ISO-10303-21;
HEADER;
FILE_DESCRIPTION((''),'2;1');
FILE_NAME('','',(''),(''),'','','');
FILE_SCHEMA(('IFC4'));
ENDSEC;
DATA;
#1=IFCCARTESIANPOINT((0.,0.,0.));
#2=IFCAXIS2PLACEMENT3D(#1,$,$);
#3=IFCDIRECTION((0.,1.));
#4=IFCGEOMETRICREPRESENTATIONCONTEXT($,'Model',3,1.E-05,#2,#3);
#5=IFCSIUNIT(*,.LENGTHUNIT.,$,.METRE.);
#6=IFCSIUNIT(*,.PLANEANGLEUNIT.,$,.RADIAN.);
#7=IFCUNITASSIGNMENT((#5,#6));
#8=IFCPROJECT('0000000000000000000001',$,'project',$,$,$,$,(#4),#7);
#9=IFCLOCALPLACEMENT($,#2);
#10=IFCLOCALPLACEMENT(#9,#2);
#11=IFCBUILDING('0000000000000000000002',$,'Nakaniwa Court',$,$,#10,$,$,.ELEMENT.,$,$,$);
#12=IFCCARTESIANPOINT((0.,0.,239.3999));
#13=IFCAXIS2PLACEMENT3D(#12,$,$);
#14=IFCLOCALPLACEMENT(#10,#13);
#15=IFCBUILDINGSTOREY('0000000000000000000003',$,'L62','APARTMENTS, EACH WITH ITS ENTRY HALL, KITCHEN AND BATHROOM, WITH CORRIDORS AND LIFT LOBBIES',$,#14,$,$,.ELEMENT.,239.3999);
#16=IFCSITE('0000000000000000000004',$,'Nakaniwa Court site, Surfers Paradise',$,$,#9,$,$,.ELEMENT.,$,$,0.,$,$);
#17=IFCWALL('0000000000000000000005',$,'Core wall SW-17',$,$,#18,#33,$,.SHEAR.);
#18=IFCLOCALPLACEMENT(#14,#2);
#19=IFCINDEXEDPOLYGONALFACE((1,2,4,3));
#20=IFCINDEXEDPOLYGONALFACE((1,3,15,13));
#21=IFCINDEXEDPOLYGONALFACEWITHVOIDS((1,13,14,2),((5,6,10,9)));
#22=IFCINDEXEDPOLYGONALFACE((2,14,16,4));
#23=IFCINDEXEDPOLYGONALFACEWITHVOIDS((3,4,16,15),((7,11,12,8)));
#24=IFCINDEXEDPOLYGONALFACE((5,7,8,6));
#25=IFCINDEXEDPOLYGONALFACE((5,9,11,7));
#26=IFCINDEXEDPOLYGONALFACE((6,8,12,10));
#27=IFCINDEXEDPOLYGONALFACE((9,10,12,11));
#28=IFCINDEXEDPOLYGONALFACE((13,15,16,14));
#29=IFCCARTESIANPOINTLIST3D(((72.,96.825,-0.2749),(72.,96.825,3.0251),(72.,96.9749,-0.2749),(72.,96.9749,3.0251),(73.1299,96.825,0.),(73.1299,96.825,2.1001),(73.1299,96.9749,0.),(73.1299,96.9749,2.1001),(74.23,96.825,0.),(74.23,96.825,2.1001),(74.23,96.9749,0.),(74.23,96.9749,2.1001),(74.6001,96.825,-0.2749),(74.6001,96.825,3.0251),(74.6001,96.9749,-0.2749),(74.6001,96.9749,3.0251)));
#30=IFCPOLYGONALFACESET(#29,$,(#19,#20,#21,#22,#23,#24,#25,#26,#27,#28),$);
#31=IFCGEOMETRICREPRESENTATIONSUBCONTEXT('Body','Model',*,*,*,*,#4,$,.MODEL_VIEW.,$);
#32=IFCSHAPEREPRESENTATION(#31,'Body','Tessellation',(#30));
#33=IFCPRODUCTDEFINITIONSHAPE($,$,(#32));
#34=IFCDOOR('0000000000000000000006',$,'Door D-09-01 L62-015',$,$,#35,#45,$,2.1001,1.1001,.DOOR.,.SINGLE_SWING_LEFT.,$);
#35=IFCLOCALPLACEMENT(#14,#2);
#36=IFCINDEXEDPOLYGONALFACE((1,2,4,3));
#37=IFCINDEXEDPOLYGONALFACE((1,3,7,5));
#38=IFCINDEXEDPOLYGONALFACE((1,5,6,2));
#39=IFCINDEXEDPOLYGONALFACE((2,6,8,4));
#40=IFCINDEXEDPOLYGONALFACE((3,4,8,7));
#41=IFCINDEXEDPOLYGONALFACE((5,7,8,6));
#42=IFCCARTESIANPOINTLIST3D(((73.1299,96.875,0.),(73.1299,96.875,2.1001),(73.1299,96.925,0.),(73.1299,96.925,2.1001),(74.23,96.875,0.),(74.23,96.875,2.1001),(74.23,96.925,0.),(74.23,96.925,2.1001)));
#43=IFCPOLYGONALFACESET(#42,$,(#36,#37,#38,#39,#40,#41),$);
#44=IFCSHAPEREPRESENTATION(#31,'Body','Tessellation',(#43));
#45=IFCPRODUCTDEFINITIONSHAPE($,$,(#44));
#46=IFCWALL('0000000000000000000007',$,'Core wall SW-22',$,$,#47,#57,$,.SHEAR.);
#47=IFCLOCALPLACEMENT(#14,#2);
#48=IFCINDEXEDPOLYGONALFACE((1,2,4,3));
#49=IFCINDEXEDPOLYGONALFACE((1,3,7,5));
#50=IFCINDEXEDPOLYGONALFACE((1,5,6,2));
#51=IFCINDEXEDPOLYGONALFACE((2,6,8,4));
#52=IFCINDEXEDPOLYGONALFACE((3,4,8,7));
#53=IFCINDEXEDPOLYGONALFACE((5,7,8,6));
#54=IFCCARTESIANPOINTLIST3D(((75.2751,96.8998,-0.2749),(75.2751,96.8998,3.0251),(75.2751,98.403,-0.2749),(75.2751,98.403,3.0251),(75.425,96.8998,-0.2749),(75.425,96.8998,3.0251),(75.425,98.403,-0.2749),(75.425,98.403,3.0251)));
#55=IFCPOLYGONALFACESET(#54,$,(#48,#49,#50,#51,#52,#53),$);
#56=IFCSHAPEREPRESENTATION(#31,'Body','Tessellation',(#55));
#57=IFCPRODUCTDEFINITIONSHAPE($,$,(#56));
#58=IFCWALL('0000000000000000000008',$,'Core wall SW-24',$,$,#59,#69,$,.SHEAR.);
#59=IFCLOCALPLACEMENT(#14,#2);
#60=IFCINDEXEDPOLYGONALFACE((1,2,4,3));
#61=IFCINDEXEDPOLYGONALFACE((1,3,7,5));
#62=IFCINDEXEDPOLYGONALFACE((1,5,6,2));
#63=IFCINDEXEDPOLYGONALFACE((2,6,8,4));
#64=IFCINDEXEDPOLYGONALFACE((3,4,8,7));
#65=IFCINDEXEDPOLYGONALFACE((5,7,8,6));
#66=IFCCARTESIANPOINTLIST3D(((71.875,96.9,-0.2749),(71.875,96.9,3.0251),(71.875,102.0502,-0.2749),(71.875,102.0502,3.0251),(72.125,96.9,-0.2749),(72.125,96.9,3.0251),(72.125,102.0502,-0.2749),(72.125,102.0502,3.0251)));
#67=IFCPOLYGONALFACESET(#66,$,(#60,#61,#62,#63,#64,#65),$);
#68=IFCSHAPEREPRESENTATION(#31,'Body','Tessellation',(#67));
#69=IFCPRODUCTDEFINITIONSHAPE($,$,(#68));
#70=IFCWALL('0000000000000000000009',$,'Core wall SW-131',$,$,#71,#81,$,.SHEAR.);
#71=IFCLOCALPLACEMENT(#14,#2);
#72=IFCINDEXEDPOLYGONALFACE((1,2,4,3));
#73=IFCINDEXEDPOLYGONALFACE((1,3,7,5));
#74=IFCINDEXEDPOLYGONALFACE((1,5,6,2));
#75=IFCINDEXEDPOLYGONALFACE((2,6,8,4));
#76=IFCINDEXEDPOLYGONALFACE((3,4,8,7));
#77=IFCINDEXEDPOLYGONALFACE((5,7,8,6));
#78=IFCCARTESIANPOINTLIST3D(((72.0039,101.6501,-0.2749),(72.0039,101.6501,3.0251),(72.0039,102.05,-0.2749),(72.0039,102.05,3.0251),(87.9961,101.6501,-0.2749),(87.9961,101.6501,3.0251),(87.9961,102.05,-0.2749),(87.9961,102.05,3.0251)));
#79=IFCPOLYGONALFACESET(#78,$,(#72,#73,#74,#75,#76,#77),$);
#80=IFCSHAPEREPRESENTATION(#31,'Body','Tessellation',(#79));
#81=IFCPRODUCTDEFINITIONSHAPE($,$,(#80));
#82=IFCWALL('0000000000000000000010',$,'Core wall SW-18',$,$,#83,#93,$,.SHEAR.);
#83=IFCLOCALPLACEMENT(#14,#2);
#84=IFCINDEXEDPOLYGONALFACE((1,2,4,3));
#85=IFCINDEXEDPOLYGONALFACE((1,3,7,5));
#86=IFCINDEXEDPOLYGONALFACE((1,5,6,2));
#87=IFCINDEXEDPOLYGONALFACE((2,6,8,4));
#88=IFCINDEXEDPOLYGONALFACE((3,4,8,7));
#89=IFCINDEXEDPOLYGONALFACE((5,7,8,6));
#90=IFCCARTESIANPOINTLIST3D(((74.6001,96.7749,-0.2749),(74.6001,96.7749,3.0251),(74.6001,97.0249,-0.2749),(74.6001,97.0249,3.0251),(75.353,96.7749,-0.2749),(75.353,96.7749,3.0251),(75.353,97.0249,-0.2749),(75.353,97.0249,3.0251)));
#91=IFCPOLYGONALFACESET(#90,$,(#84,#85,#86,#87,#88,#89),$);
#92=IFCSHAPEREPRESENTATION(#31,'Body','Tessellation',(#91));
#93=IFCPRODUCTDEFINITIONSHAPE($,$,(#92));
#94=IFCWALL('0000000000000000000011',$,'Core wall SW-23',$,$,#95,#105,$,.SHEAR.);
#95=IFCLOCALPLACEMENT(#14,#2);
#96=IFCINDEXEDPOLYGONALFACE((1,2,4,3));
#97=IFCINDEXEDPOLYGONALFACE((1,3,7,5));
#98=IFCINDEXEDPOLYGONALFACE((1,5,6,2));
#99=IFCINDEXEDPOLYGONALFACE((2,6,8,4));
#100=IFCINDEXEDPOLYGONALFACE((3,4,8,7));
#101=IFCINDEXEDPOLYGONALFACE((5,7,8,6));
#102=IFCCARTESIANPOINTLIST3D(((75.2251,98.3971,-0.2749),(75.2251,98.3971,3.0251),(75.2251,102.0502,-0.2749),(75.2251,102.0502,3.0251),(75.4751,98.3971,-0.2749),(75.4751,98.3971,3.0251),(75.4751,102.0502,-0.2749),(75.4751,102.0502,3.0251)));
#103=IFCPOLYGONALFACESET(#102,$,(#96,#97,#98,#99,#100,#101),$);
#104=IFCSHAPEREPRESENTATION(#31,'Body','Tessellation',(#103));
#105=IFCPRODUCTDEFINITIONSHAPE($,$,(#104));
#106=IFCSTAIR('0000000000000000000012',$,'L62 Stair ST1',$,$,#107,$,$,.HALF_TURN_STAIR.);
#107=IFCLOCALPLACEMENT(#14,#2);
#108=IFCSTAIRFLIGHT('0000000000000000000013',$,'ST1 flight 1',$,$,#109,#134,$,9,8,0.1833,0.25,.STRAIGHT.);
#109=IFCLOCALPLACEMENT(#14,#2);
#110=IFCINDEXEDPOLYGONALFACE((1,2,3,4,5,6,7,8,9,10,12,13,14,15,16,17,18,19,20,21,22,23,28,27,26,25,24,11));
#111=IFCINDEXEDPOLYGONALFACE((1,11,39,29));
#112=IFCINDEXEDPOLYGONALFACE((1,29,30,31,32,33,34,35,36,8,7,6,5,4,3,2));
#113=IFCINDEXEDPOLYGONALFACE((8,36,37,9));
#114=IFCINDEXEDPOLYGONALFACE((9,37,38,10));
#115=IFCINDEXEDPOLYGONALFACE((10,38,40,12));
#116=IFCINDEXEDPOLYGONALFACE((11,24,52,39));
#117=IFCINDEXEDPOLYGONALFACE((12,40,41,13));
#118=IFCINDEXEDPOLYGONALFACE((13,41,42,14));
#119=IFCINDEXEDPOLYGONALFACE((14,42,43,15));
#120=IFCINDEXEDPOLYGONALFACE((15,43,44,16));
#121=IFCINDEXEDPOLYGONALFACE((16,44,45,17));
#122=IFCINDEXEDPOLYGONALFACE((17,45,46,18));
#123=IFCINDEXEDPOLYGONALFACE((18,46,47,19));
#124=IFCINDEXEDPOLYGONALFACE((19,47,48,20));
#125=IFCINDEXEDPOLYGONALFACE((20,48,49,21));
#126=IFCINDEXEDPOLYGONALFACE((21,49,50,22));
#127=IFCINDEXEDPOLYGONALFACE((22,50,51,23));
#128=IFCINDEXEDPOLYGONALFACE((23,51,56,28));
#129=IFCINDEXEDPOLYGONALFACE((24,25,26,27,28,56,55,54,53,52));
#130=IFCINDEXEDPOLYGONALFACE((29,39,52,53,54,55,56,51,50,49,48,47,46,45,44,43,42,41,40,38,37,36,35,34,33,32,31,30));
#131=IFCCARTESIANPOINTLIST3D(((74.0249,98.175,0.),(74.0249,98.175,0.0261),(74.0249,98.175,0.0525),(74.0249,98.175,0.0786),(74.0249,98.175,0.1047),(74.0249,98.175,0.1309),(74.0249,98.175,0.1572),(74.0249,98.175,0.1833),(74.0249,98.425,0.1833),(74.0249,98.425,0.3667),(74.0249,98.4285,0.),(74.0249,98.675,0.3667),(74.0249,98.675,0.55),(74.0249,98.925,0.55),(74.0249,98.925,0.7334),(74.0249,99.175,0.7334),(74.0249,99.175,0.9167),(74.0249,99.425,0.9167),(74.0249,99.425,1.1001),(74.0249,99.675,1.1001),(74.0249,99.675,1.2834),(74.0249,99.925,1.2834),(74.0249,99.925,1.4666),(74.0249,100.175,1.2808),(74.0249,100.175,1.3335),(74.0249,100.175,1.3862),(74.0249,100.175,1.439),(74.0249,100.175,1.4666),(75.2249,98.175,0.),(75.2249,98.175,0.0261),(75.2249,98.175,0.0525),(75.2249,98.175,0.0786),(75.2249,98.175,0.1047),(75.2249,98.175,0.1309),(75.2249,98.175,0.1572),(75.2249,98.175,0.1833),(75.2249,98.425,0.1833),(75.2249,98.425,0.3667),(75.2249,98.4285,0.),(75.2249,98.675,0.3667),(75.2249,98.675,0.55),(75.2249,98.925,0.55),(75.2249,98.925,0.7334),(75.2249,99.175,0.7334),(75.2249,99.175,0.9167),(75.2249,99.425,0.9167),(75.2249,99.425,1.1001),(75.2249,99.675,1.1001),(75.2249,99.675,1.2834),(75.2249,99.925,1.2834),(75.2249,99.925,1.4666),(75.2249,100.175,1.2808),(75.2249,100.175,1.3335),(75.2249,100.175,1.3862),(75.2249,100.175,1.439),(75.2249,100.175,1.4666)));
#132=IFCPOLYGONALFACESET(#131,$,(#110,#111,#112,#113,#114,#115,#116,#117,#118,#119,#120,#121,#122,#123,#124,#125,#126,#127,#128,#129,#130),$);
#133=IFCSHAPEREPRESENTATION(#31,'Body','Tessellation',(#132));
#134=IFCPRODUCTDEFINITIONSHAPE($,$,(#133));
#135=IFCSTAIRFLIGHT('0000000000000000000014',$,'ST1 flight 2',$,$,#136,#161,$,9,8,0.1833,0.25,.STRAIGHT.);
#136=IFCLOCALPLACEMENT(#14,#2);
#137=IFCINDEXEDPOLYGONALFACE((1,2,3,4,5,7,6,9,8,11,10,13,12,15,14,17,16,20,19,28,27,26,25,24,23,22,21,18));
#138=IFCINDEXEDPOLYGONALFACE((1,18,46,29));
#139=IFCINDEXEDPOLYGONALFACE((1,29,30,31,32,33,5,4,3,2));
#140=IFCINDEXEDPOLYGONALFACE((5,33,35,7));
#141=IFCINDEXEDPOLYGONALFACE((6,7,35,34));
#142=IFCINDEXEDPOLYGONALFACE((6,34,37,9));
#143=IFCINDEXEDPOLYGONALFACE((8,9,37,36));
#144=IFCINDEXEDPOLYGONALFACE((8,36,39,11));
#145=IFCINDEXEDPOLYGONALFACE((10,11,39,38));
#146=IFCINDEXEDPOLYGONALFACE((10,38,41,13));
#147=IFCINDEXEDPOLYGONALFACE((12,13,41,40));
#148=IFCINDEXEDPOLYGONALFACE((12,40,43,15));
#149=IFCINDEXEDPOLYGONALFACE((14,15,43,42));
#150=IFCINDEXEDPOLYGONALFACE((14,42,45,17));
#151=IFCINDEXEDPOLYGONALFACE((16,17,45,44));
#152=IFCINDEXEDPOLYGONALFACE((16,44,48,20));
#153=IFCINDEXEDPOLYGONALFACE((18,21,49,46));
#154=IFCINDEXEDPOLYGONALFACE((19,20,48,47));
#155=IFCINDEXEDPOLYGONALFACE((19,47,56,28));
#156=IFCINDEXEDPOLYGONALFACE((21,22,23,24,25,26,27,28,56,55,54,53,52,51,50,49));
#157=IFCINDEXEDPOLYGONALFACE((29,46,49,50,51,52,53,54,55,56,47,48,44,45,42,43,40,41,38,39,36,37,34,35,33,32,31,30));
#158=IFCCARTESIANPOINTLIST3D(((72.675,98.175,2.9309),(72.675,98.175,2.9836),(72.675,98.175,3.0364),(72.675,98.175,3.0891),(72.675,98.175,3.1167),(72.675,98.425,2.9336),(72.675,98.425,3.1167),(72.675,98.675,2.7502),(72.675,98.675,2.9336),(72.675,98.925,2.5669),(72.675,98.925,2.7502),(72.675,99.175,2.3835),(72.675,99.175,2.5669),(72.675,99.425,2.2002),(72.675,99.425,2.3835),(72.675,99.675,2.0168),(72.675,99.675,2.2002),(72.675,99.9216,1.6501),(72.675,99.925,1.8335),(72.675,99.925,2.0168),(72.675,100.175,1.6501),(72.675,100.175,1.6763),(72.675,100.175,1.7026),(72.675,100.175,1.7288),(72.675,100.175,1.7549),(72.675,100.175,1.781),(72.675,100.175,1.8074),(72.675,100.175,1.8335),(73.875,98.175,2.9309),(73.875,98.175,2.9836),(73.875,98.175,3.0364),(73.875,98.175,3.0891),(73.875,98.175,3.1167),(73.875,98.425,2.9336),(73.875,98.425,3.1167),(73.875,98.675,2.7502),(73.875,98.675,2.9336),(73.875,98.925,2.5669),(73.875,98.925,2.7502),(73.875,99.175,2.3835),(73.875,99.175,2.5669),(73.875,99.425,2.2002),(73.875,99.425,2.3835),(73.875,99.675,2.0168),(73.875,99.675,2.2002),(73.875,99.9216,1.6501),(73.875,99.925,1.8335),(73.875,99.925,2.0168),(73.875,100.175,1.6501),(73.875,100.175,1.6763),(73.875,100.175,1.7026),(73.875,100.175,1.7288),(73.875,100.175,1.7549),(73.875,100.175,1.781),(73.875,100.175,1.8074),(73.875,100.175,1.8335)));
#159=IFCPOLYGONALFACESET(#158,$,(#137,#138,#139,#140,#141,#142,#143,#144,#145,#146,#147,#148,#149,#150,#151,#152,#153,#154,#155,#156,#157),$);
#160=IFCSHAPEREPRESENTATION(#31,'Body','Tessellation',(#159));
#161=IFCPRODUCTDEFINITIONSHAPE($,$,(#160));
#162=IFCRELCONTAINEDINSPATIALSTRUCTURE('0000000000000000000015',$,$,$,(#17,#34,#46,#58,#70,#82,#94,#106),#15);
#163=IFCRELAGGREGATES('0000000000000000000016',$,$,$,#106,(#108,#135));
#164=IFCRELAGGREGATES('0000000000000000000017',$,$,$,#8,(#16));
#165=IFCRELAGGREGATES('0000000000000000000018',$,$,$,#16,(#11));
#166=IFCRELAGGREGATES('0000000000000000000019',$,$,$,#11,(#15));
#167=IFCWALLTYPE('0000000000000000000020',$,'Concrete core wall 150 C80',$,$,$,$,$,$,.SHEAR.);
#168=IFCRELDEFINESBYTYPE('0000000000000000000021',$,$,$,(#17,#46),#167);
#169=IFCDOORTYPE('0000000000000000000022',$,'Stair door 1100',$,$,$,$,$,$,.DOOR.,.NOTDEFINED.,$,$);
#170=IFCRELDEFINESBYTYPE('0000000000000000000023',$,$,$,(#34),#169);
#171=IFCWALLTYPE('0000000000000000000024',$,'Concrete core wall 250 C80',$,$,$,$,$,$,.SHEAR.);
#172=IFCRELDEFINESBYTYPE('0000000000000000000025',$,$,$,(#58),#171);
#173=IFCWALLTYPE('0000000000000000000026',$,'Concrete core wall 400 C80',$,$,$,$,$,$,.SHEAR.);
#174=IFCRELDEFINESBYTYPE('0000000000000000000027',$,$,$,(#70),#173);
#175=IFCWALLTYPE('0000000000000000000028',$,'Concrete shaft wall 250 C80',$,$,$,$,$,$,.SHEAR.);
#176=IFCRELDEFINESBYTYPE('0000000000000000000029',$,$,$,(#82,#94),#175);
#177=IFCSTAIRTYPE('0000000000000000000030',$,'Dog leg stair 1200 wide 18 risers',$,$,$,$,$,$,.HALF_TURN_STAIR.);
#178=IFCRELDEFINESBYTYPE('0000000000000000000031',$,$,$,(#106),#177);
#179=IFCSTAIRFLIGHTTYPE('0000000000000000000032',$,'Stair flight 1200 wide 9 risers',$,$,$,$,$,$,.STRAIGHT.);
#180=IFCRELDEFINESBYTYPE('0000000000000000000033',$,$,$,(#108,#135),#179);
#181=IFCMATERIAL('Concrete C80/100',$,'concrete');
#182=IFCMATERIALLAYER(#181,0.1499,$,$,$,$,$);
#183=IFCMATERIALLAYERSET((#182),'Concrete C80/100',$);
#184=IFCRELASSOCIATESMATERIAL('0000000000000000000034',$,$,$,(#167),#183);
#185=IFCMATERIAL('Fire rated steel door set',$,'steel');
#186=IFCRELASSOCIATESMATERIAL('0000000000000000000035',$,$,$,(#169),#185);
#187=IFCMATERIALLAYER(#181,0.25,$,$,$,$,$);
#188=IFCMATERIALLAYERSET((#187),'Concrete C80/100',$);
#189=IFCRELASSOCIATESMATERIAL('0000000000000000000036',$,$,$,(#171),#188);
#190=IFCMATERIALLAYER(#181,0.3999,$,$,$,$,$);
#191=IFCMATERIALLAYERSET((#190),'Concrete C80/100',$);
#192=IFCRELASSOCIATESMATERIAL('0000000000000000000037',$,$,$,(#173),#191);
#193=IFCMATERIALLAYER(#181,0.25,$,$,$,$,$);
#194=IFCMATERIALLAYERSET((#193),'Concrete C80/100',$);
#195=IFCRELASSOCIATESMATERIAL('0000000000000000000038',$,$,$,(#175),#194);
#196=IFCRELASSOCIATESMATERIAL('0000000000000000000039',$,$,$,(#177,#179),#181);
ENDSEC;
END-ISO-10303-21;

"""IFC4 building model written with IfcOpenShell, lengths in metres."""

from ifc_helpers import new_model, si_unit, direction, frame, frame_2d, origin, place, context, subcontext, project, spatial, polyline, rectangle, outline, extrude, material, layer, layer_set, type_object, element, fill, aggregate, save


model = new_model("IFC4")

# Units and contexts
model_context = context("Model", 3, precision=1e-05, world=origin(), true_north=direction((0.0, 1.0)))
body_context = subcontext(model_context, "Body", "Model", "MODEL_VIEW")
ifc_project = project(units=[si_unit("LENGTHUNIT", "METRE"), si_unit("PLANEANGLEUNIT", "RADIAN")], contexts=[model_context])

# Site, building, storey
site_placement = place(None, origin())
site = spatial("IfcSite", under=ifc_project, at=site_placement, Name="Nakaniwa Court site, Surfers Paradise", CompositionType="ELEMENT", RefElevation=0.0)
building_placement = place(site_placement, origin())
building = spatial("IfcBuilding", under=site, at=building_placement, Name="Nakaniwa Court", CompositionType="ELEMENT")
storey_placement = place(building_placement, frame((0.0, 0.0, 239.3999)))
storey = spatial("IfcBuildingStorey", under=building, at=storey_placement, Name="L62", Description="APARTMENTS, EACH WITH ITS ENTRY HALL, KITCHEN AND BATHROOM, WITH CORRIDORS AND LIFT LOBBIES", CompositionType="ELEMENT", Elevation=239.3999)

# Shared definitions
ifc_material_1 = material(Name="Concrete C80/100", Category="concrete")

# Shared definitions
ifc_material_2 = material(Name="Fire rated steel door set", Category="steel")

# Wall, opening, door
ifc_layer_1 = layer(ifc_material_1, 0.1499)
ifc_layer_set_1 = layer_set([ifc_layer_1], Name="Concrete C80/100")
wall_type_1 = type_object("IfcWallType", Name="Concrete core wall 150 C80", PredefinedType="SHEAR", material=ifc_layer_set_1)
wall_1_placement = place(storey_placement, frame((74.6001, 96.8999, -0.2749), z_axis=(0.0, 0.0, 1.0), x_axis=(-1.0, 0.0, 0.0)))
wall_1 = element("IfcWall", 1, at=wall_1_placement, inside=storey, type_object=wall_type_1, Name="Core wall SW-17", PredefinedType="SHEAR", context=body_context, shape_type="SweptSolid", body=[
    extrude(rectangle(XDim=2.6001, YDim=0.1499, at=frame_2d((1.3, 0.0))), origin(), (0.0, 0.0, 1.0), 3.3),
])
opening_1_placement = place(wall_1_placement, frame((0.3701, 0.0, 0.2749)))
opening_1 = element("IfcOpeningElement", 2, at=opening_1_placement, cuts=wall_1, PredefinedType="OPENING", context=body_context, shape_type="SweptSolid", body=[
    extrude(rectangle(XDim=1.1001, YDim=2.1001, at=frame_2d((0.55, 1.05))), frame((0.0, 0.085, 0.0), z_axis=(0.0, -1.0, 0.0), x_axis=(1.0, 0.0, 0.0)), (0.0, 0.0, 1.0), 0.1699),
])
door_type_1 = type_object("IfcDoorType", Name="Stair door 1100", OperationType="NOTDEFINED", PredefinedType="DOOR", material=ifc_material_2)
door_1_placement = place(opening_1_placement, origin())
door_1 = element("IfcDoor", 3, at=door_1_placement, inside=storey, type_object=door_type_1, Name="Door D-09-01 L62-015", OperationType="SINGLE_SWING_LEFT", OverallHeight=2.1001, OverallWidth=1.1001, PredefinedType="DOOR", context=body_context, shape_type="SweptSolid", body=[
    extrude(rectangle(XDim=1.1001, YDim=2.1001, at=frame_2d((0.55, 1.05))), frame((0.0, 0.0249, 0.0), z_axis=(0.0, -1.0, 0.0), x_axis=(1.0, 0.0, 0.0)), (0.0, 0.0, 1.0), 0.05),
])
fill(opening_1, door_1)

# Walls
wall_2_placement = place(storey_placement, frame((75.3501, 96.8999, -0.2749), z_axis=(0.0, 0.0, 1.0), x_axis=(0.0, 1.0, 0.0)))
element("IfcWall", 4, at=wall_2_placement, inside=storey, type_object=wall_type_1, Name="Core wall SW-22", PredefinedType="SHEAR", context=body_context, shape_type="SweptSolid", body=[
    extrude(rectangle(XDim=1.5032, YDim=0.1499, at=frame_2d((0.7515, 0.0))), origin(), (0.0, 0.0, 1.0), 3.3),
])
ifc_layer_2 = layer(ifc_material_1, 0.25)
ifc_layer_set_2 = layer_set([ifc_layer_2], Name="Concrete C80/100")
wall_type_2 = type_object("IfcWallType", Name="Concrete core wall 250 C80", PredefinedType="SHEAR", material=ifc_layer_set_2)
wall_3_placement = place(storey_placement, frame((72.0, 96.8999, -0.2749), z_axis=(0.0, 0.0, 1.0), x_axis=(0.0, 1.0, 0.0)))
element("IfcWall", 5, at=wall_3_placement, inside=storey, type_object=wall_type_2, Name="Core wall SW-24", PredefinedType="SHEAR", context=body_context, shape_type="SweptSolid", body=[
    extrude(rectangle(XDim=5.1501, YDim=0.25, at=frame_2d((2.5752, 0.0))), origin(), (0.0, 0.0, 1.0), 3.3),
])
ifc_layer_3 = layer(ifc_material_1, 0.3999)
ifc_layer_set_3 = layer_set([ifc_layer_3], Name="Concrete C80/100")
wall_type_3 = type_object("IfcWallType", Name="Concrete core wall 400 C80", PredefinedType="SHEAR", material=ifc_layer_set_3)
wall_4_placement = place(storey_placement, frame((72.0039, 101.8501, -0.2749), z_axis=(0.0, 0.0, 1.0), x_axis=(1.0, 0.0, 0.0)))
element("IfcWall", 6, at=wall_4_placement, inside=storey, type_object=wall_type_3, Name="Core wall SW-131", PredefinedType="SHEAR", context=body_context, shape_type="SweptSolid", body=[
    extrude(rectangle(XDim=15.9922, YDim=0.3999, at=frame_2d((7.9961, 0.0))), origin(), (0.0, 0.0, 1.0), 3.3),
])
ifc_layer_4 = layer(ifc_material_1, 0.25)
ifc_layer_set_4 = layer_set([ifc_layer_4], Name="Concrete C80/100")
wall_type_4 = type_object("IfcWallType", Name="Concrete shaft wall 250 C80", PredefinedType="SHEAR", material=ifc_layer_set_4)
wall_5_placement = place(storey_placement, frame((74.6001, 96.8999, -0.2749), z_axis=(0.0, 0.0, 1.0), x_axis=(1.0, 0.0, 0.0)))
element("IfcWall", 7, at=wall_5_placement, inside=storey, type_object=wall_type_4, Name="Core wall SW-18", PredefinedType="SHEAR", context=body_context, shape_type="SweptSolid", body=[
    extrude(rectangle(XDim=0.7529, YDim=0.25, at=frame_2d((0.3765, 0.0))), origin(), (0.0, 0.0, 1.0), 3.3),
])
wall_6_placement = place(storey_placement, frame((75.3501, 98.397, -0.2749), z_axis=(0.0, 0.0, 1.0), x_axis=(0.0, 1.0, 0.0)))
element("IfcWall", 8, at=wall_6_placement, inside=storey, type_object=wall_type_4, Name="Core wall SW-23", PredefinedType="SHEAR", context=body_context, shape_type="SweptSolid", body=[
    extrude(rectangle(XDim=3.6531, YDim=0.25, at=frame_2d((1.8267, 0.0))), origin(), (0.0, 0.0, 1.0), 3.3),
])

# Stair, stair flights
stair_type = type_object("IfcStairType", Name="Dog leg stair 1200 wide 18 risers", PredefinedType="HALF_TURN_STAIR", material=ifc_material_1)
stair_placement = place(storey_placement, origin())
stair = element("IfcStair", 9, at=stair_placement, inside=storey, type_object=stair_type, Name="L62 Stair ST1", PredefinedType="HALF_TURN_STAIR")
stair_flight_type = type_object("IfcStairFlightType", Name="Stair flight 1200 wide 9 risers", PredefinedType="STRAIGHT", material=ifc_material_1)
stair_flight_1_placement = place(storey_placement, frame((74.625, 98.175, 0.0), z_axis=(0.0, 0.0, 1.0), x_axis=(0.0, 1.0, 0.0)))
stair_flight_1 = element("IfcStairFlight", 10, at=stair_flight_1_placement, type_object=stair_flight_type, Name="ST1 flight 1", NumberOfRisers=9, NumberOfTreads=8, PredefinedType="STRAIGHT", RiserHeight=0.1833, TreadLength=0.25, context=body_context, shape_type="SweptSolid", body=[
    extrude(outline(polyline([(0.0, 0.0), (0.0, 0.0261), (0.0, 0.0525), (0.0, 0.0786), (0.0, 0.1047), (0.0, 0.1309), (0.0, 0.1572), (0.0, 0.1833), (0.25, 0.1833), (0.25, 0.3667), (0.5, 0.3667), (0.5, 0.55), (0.75, 0.55), (0.75, 0.7334), (1.0, 0.7334), (1.0, 0.9167), (1.25, 0.9167), (1.25, 1.1001), (1.5, 1.1001), (1.5, 1.2834), (1.75, 1.2834), (1.75, 1.4666), (2.0, 1.4666), (2.0, 1.6499), (2.0, 1.5972), (2.0, 1.5444), (2.0, 1.4917), (2.0, 1.439), (2.0, 1.3862), (2.0, 1.3335), (2.0, 1.2808), (0.2534, 0.0), (0.0, 0.0)])), frame((0.0, 0.6001, 0.0), z_axis=(0.0, -1.0, 0.0), x_axis=(1.0, 0.0, 0.0)), (0.0, 0.0, 1.0), 1.2),
])
stair_flight_2_placement = place(storey_placement, frame((73.2749, 100.175, 1.6501), z_axis=(0.0, 0.0, 1.0), x_axis=(0.0, -1.0, 0.0)))
stair_flight_2 = element("IfcStairFlight", 11, at=stair_flight_2_placement, type_object=stair_flight_type, Name="ST1 flight 2", NumberOfRisers=9, NumberOfTreads=8, PredefinedType="STRAIGHT", RiserHeight=0.1833, TreadLength=0.25, context=body_context, shape_type="SweptSolid", body=[
    extrude(outline(polyline([(0.0, 0.0), (0.0, 0.0261), (0.0, 0.0525), (0.0, 0.0786), (0.0, 0.1047), (0.0, 0.1309), (0.0, 0.1572), (0.0, 0.1833), (0.25, 0.1833), (0.25, 0.3667), (0.5, 0.3667), (0.5, 0.55), (0.75, 0.55), (0.75, 0.7334), (1.0, 0.7334), (1.0, 0.9167), (1.25, 0.9167), (1.25, 1.1001), (1.5, 1.1001), (1.5, 1.2834), (1.75, 1.2834), (1.75, 1.4666), (2.0, 1.4666), (2.0, 1.6499), (2.0, 1.5972), (2.0, 1.5444), (2.0, 1.4917), (2.0, 1.439), (2.0, 1.3862), (2.0, 1.3335), (2.0, 1.2808), (0.2534, 0.0), (0.0, 0.0)])), frame((0.0, 0.6001, 0.0), z_axis=(0.0, -1.0, 0.0), x_axis=(1.0, 0.0, 0.0)), (0.0, 0.0, 1.0), 1.2),
])
aggregate(stair, [stair_flight_1, stair_flight_2])

save(model, "model.ifc")
